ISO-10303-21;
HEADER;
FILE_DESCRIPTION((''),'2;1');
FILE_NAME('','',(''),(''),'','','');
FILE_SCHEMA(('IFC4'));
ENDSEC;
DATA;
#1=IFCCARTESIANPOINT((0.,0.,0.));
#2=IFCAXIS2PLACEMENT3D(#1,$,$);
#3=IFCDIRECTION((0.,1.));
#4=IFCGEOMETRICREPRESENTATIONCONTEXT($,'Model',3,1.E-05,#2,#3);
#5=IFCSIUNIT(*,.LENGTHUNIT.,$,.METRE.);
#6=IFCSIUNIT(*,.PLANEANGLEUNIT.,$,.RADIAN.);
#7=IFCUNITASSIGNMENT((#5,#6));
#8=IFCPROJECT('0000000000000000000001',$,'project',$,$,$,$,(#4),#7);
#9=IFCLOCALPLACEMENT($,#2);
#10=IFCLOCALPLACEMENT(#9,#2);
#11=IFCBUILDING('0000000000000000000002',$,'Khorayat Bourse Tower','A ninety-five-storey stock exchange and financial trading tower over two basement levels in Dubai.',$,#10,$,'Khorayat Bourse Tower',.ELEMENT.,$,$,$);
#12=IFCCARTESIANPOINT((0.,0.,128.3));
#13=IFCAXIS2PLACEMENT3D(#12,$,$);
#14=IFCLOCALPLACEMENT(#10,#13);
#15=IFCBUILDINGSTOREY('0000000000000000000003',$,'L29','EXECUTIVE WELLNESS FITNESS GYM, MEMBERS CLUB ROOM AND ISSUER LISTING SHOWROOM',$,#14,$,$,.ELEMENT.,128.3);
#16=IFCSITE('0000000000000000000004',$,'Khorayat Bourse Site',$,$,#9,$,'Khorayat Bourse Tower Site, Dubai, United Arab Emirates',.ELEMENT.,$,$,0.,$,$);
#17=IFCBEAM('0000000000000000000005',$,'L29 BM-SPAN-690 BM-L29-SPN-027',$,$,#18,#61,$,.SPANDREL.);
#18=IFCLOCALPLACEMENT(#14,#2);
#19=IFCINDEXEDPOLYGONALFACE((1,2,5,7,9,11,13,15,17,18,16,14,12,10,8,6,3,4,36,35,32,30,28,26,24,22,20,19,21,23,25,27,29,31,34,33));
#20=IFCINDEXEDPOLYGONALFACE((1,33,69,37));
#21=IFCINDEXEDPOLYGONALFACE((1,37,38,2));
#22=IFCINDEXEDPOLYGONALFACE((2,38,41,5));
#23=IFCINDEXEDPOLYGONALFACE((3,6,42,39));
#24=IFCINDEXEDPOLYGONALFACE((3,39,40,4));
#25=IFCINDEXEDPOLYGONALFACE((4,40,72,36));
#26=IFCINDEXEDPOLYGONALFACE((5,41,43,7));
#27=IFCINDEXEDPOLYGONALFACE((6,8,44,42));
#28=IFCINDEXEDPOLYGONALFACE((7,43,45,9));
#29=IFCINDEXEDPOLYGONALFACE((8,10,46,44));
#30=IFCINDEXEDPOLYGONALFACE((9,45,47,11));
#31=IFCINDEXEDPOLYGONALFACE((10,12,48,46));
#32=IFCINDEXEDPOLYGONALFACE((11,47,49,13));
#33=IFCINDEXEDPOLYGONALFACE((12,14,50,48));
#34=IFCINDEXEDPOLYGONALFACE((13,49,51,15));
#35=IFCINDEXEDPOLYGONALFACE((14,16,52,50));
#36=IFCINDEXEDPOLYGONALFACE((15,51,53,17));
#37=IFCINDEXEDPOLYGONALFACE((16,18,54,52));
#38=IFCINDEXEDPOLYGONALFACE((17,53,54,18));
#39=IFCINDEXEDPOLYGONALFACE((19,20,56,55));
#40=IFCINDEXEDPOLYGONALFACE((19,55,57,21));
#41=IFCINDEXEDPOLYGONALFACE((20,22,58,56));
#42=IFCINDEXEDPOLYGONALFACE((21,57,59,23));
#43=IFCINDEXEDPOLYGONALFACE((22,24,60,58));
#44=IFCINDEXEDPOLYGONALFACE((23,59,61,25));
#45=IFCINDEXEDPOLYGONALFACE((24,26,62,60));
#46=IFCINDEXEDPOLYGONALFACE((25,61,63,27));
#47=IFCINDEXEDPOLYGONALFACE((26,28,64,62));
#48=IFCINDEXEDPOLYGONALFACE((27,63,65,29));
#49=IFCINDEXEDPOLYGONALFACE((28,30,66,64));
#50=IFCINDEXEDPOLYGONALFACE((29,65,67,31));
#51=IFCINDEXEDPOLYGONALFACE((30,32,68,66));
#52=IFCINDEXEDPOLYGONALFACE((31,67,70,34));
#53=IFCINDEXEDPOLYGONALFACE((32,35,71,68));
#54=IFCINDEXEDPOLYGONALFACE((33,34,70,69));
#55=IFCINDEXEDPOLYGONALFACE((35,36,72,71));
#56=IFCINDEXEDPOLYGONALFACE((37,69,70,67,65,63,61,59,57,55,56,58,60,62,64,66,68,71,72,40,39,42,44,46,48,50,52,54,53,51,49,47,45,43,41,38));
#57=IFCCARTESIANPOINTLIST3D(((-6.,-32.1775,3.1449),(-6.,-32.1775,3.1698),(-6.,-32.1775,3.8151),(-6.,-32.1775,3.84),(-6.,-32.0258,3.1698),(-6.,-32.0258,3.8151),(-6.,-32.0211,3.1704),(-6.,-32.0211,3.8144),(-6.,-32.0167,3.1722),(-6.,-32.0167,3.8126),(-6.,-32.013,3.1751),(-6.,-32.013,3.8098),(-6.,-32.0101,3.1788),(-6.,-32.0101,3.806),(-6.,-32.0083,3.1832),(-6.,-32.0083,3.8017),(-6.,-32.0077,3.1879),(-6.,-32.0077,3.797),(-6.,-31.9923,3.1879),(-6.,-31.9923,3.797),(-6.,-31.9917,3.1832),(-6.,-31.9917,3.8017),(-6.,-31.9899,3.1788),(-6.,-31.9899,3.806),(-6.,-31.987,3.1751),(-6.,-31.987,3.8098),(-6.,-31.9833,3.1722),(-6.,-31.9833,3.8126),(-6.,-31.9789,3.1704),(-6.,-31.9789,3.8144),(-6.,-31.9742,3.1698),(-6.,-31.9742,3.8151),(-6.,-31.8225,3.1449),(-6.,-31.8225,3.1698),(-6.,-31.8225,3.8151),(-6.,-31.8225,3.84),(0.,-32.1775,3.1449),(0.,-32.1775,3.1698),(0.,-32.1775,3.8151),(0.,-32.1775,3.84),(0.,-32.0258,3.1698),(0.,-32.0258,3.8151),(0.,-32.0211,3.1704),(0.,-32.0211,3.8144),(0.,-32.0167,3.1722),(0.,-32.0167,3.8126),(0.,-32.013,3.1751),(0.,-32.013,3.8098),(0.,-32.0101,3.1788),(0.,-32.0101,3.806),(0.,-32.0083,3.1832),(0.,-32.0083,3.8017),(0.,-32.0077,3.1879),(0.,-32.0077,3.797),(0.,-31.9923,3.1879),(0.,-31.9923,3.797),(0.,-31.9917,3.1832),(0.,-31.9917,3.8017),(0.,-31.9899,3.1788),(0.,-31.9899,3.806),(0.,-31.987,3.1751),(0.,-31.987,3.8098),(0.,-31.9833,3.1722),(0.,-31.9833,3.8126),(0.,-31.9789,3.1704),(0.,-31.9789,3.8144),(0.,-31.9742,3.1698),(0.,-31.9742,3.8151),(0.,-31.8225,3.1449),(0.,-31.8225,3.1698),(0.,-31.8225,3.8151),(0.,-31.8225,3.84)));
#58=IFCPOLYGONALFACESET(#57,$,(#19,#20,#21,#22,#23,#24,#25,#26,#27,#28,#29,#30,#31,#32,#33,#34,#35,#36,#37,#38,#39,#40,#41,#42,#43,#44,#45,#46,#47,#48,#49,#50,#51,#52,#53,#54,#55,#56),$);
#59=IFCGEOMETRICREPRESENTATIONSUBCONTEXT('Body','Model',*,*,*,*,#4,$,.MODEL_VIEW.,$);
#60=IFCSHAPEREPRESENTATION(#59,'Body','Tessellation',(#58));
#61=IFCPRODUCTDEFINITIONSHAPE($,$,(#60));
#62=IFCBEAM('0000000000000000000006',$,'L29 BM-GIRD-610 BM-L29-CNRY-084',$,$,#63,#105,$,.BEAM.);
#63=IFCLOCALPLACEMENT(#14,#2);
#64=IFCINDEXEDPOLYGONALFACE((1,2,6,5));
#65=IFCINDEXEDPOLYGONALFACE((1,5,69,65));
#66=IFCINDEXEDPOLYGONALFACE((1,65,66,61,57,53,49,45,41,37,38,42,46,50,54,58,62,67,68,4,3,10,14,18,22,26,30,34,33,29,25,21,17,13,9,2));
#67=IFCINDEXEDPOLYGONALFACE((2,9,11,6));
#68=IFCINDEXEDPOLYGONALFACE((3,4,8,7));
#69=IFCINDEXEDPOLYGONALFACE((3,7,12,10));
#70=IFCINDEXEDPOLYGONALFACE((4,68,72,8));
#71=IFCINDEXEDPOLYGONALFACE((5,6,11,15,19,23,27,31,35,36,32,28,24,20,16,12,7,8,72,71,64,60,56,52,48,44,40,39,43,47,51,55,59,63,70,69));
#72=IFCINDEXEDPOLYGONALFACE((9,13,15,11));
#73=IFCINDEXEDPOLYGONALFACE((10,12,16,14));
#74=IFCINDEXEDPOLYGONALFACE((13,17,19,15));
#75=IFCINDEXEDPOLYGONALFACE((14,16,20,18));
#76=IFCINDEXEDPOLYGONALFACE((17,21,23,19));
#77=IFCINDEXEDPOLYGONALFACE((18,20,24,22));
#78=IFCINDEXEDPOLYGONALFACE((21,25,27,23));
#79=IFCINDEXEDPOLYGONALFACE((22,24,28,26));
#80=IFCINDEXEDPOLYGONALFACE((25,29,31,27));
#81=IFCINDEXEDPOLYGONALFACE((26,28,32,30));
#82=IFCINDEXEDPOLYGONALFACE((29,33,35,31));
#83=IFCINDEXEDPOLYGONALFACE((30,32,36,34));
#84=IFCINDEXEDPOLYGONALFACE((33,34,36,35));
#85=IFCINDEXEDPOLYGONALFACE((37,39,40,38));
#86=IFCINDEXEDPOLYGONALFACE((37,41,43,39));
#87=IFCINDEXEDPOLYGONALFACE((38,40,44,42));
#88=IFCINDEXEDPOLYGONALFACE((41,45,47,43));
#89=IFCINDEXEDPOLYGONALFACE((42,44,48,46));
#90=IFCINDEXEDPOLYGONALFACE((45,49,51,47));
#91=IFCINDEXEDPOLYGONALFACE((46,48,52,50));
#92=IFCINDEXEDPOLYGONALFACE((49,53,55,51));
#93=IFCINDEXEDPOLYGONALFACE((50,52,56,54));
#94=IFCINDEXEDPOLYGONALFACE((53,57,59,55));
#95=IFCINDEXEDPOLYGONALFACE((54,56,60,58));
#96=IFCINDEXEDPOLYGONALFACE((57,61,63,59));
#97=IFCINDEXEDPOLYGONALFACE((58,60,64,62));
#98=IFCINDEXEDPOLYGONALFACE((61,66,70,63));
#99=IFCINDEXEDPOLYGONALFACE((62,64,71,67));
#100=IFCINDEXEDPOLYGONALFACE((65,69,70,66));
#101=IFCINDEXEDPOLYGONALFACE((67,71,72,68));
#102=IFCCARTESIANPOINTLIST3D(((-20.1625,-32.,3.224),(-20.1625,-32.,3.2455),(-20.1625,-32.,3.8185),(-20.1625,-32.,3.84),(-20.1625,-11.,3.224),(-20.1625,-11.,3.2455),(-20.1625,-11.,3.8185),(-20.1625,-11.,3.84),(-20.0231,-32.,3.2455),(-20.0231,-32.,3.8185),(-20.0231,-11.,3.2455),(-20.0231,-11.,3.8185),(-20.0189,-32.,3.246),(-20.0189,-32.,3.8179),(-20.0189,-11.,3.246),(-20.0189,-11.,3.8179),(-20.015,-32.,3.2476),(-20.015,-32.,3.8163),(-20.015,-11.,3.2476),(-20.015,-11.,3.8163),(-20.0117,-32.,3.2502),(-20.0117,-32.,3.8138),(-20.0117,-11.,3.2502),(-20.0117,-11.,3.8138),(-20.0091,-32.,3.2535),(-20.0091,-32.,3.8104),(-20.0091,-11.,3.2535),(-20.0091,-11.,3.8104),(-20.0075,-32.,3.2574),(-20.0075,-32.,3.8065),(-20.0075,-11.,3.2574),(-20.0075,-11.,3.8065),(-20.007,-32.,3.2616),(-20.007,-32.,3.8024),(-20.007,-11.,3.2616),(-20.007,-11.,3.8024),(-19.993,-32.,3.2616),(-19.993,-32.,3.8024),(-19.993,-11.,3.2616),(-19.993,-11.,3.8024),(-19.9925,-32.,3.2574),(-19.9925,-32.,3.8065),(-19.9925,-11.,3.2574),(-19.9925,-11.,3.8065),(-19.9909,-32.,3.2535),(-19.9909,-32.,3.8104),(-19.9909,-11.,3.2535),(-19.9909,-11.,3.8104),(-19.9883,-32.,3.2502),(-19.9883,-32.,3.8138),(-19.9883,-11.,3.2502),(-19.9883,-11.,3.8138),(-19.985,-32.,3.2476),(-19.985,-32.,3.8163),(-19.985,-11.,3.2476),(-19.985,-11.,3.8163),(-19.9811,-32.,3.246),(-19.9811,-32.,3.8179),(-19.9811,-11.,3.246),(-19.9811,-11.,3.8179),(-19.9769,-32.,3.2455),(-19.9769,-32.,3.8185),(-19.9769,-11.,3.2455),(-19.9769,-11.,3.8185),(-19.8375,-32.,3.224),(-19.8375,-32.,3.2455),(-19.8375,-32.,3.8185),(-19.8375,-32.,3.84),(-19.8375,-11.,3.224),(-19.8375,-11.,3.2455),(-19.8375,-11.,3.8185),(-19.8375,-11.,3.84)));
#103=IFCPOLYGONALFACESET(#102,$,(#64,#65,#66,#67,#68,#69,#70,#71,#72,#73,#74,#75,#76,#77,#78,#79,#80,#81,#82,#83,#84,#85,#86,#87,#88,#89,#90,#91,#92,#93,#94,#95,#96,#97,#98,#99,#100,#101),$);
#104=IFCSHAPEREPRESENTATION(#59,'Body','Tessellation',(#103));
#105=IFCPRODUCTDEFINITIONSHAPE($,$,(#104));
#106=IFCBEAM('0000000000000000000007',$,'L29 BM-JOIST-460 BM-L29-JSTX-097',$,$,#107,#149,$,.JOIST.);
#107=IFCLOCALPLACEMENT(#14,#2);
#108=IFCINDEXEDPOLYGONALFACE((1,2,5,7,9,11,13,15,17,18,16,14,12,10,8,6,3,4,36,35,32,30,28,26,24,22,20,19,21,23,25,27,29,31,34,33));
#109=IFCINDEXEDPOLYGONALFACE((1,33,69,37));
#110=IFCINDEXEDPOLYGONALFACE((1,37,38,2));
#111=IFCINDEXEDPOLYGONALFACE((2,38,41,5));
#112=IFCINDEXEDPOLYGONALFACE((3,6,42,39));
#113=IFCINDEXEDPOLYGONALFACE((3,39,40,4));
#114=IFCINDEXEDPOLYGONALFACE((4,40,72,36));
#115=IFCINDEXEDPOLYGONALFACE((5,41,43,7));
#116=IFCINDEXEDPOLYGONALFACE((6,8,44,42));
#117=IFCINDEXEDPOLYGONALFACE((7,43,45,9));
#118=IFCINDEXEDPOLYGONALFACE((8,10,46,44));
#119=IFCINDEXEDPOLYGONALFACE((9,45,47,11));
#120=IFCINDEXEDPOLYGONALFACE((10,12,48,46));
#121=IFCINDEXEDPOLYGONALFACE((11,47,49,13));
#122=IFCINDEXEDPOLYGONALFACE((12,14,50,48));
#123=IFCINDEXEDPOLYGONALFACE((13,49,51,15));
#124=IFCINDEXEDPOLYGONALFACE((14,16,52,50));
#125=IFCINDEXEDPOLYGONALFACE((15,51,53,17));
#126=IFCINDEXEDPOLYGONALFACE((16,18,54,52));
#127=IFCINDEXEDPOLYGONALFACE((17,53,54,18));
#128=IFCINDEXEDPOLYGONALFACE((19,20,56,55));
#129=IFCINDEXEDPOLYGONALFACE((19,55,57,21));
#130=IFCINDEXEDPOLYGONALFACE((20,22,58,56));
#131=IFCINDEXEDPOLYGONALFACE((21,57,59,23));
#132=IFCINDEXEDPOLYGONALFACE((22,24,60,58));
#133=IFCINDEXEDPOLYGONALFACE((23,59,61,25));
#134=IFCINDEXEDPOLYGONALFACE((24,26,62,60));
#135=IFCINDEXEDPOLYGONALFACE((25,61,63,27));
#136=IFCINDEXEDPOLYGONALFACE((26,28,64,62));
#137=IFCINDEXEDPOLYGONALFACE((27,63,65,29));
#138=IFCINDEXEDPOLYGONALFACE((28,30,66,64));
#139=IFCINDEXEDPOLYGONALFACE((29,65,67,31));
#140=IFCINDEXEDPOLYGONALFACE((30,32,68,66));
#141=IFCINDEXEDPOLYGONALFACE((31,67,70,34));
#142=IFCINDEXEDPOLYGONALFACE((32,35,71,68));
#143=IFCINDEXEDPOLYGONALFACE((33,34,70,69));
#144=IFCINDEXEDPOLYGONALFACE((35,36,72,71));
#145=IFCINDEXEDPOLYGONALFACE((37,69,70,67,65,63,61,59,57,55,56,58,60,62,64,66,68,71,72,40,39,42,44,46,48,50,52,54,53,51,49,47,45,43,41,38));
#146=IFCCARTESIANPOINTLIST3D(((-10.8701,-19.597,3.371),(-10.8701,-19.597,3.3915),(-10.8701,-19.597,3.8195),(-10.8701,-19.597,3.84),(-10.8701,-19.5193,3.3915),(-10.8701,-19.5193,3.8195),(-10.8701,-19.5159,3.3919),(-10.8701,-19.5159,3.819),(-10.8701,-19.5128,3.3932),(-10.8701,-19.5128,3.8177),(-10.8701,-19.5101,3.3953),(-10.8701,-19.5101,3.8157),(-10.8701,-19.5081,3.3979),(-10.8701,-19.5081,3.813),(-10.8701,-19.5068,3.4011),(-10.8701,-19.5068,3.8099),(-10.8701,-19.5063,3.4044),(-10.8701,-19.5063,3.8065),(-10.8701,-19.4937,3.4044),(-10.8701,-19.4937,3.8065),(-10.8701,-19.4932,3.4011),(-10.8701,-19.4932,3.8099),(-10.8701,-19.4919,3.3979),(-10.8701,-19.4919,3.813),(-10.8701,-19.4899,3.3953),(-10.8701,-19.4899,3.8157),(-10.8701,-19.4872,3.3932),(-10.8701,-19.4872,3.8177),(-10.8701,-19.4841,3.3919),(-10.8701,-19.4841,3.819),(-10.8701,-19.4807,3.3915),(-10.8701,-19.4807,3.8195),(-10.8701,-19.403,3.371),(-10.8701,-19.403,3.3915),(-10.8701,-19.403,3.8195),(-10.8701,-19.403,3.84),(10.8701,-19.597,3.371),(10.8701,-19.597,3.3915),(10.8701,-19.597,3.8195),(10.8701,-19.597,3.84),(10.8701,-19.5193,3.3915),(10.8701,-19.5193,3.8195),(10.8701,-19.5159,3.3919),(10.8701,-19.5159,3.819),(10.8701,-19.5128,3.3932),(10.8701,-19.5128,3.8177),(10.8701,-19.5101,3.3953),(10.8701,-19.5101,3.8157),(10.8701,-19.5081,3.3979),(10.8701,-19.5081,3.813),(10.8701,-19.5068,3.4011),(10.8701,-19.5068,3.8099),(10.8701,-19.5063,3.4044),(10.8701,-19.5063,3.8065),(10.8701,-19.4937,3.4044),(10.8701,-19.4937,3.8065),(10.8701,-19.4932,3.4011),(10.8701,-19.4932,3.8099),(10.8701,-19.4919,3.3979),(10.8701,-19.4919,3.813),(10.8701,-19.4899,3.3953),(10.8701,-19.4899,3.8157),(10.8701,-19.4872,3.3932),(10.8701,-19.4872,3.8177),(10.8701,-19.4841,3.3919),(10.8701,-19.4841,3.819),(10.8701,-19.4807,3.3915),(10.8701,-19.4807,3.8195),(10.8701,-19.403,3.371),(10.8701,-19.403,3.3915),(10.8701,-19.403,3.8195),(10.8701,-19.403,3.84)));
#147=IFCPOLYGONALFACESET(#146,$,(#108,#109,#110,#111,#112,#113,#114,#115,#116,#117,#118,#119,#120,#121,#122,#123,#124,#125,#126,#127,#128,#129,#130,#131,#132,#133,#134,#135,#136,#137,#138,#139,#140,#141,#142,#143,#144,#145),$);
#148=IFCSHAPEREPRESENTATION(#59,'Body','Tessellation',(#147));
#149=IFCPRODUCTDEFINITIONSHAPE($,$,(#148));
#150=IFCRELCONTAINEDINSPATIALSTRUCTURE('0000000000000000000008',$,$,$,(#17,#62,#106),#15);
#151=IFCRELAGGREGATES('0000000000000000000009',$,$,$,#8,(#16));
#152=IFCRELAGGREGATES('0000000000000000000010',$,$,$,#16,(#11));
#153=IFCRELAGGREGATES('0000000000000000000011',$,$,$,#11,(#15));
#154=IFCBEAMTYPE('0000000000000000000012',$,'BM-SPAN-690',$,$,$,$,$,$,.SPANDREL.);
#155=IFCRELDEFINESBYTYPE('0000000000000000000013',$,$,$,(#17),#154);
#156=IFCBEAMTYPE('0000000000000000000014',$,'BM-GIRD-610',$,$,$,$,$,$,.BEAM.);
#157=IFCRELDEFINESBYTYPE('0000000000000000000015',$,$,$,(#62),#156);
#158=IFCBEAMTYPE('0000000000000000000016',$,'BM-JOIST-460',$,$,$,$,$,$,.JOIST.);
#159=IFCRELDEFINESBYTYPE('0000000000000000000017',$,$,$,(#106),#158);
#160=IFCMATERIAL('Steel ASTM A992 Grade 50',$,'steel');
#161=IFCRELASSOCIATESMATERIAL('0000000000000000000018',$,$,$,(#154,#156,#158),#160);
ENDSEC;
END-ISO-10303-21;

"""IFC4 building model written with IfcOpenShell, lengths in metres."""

from ifc_helpers import new_model, si_unit, direction, frame, origin, origin_2d, place, context, subcontext, project, spatial, i_section, extrude, source, transform, mapped, material, material_profile, profile_set, type_object, element, save


model = new_model("IFC4")

# Units and contexts
model_context = context("Model", 3, precision=1e-05, world=origin(), true_north=direction((0.0, 1.0)))
body_context = subcontext(model_context, "Body", "Model", "MODEL_VIEW")
ifc_project = project(units=[si_unit("LENGTHUNIT", "METRE"), si_unit("PLANEANGLEUNIT", "RADIAN")], contexts=[model_context])

# Site, building, storey
site_placement = place(None, origin())
site = spatial("IfcSite", under=ifc_project, at=site_placement, Name="Khorayat Bourse Site", LongName="Khorayat Bourse Tower Site, Dubai, United Arab Emirates", CompositionType="ELEMENT", RefElevation=0.0)
building_placement = place(site_placement, origin())
building = spatial("IfcBuilding", under=site, at=building_placement, Name="Khorayat Bourse Tower", Description="A ninety-five-storey stock exchange and financial trading tower over two basement levels in Dubai.", LongName="Khorayat Bourse Tower", CompositionType="ELEMENT")
storey_placement = place(building_placement, frame((0.0, 0.0, 128.3)))
storey = spatial("IfcBuildingStorey", under=building, at=storey_placement, Name="L29", Description="EXECUTIVE WELLNESS FITNESS GYM, MEMBERS CLUB ROOM AND ISSUER LISTING SHOWROOM", CompositionType="ELEMENT", Elevation=128.3)

# Beams
ifc_material_1 = material(Name="Steel ASTM A992 Grade 50", Category="steel")
ifc_material_profile_1 = material_profile(ifc_material_1, i_section(OverallWidth=0.355, OverallDepth=0.6951, WebThickness=0.0154, FlangeThickness=0.0249, FilletRadius=0.0181, at=origin_2d()), Name="W690X217")
ifc_profile_set_1 = profile_set([ifc_material_profile_1], Name="Steel ASTM A992 Grade 50")
beam_type_1 = type_object("IfcBeamType", Name="BM-SPAN-690", PredefinedType="SPANDREL", material=ifc_profile_set_1)
shared_shape_1 = source(origin(), body_context, "Body", "SweptSolid", [
    extrude(i_section(OverallWidth=0.355, OverallDepth=0.6951, WebThickness=0.0154, FlangeThickness=0.0249, FilletRadius=0.0181, at=origin_2d()), origin(), (0.0, 0.0, 1.0), 6.0),
])
beam_1_placement = place(storey_placement, frame((-6.0, -32.0, 3.4924), z_axis=(1.0, 0.0, 0.0), x_axis=(0.0, 1.0, 0.0)))
element("IfcBeam", 1, at=beam_1_placement, inside=storey, type_object=beam_type_1, Name="L29 BM-SPAN-690 BM-L29-SPN-027", PredefinedType="SPANDREL", context=body_context, shape_type="MappedRepresentation", body=[
    mapped(shared_shape_1, transform((0.0, 0.0, 0.0), scale=1.0)),
])
ifc_material_profile_2 = material_profile(ifc_material_1, i_section(OverallWidth=0.325, OverallDepth=0.616, WebThickness=0.0139, FlangeThickness=0.0215, FilletRadius=0.0161, at=origin_2d()), Name="W610X174")
ifc_profile_set_2 = profile_set([ifc_material_profile_2], Name="Steel ASTM A992 Grade 50")
beam_type_2 = type_object("IfcBeamType", Name="BM-GIRD-610", PredefinedType="BEAM", material=ifc_profile_set_2)
shared_shape_2 = source(origin(), body_context, "Body", "SweptSolid", [
    extrude(i_section(OverallWidth=0.325, OverallDepth=0.616, WebThickness=0.0139, FlangeThickness=0.0215, FilletRadius=0.0161, at=origin_2d()), origin(), (0.0, 0.0, 1.0), 21.0),
])
beam_2_placement = place(storey_placement, frame((-20.0, -32.0, 3.532), z_axis=(0.0, 1.0, 0.0), x_axis=(-1.0, 0.0, 0.0)))
element("IfcBeam", 2, at=beam_2_placement, inside=storey, type_object=beam_type_2, Name="L29 BM-GIRD-610 BM-L29-CNRY-084", PredefinedType="BEAM", context=body_context, shape_type="MappedRepresentation", body=[
    mapped(shared_shape_2, transform((0.0, 0.0, 0.0), scale=1.0)),
])
ifc_material_profile_3 = material_profile(ifc_material_1, i_section(OverallWidth=0.1941, OverallDepth=0.469, WebThickness=0.0127, FlangeThickness=0.0205, FilletRadius=0.0129, at=origin_2d()), Name="W460X106")
ifc_profile_set_3 = profile_set([ifc_material_profile_3], Name="Steel ASTM A992 Grade 50")
beam_type_3 = type_object("IfcBeamType", Name="BM-JOIST-460", PredefinedType="JOIST", material=ifc_profile_set_3)
shared_shape_3 = source(origin(), body_context, "Body", "SweptSolid", [
    extrude(i_section(OverallWidth=0.1941, OverallDepth=0.469, WebThickness=0.0127, FlangeThickness=0.0205, FilletRadius=0.0129, at=origin_2d()), origin(), (0.0, 0.0, 1.0), 21.7402),
])
beam_3_placement = place(storey_placement, frame((-10.8701, -19.5, 3.6055), z_axis=(1.0, 0.0, 0.0), x_axis=(0.0, 1.0, 0.0)))
element("IfcBeam", 3, at=beam_3_placement, inside=storey, type_object=beam_type_3, Name="L29 BM-JOIST-460 BM-L29-JSTX-097", PredefinedType="JOIST", context=body_context, shape_type="MappedRepresentation", body=[
    mapped(shared_shape_3, transform((0.0, 0.0, 0.0), scale=1.0)),
])

save(model, "model.ifc")
